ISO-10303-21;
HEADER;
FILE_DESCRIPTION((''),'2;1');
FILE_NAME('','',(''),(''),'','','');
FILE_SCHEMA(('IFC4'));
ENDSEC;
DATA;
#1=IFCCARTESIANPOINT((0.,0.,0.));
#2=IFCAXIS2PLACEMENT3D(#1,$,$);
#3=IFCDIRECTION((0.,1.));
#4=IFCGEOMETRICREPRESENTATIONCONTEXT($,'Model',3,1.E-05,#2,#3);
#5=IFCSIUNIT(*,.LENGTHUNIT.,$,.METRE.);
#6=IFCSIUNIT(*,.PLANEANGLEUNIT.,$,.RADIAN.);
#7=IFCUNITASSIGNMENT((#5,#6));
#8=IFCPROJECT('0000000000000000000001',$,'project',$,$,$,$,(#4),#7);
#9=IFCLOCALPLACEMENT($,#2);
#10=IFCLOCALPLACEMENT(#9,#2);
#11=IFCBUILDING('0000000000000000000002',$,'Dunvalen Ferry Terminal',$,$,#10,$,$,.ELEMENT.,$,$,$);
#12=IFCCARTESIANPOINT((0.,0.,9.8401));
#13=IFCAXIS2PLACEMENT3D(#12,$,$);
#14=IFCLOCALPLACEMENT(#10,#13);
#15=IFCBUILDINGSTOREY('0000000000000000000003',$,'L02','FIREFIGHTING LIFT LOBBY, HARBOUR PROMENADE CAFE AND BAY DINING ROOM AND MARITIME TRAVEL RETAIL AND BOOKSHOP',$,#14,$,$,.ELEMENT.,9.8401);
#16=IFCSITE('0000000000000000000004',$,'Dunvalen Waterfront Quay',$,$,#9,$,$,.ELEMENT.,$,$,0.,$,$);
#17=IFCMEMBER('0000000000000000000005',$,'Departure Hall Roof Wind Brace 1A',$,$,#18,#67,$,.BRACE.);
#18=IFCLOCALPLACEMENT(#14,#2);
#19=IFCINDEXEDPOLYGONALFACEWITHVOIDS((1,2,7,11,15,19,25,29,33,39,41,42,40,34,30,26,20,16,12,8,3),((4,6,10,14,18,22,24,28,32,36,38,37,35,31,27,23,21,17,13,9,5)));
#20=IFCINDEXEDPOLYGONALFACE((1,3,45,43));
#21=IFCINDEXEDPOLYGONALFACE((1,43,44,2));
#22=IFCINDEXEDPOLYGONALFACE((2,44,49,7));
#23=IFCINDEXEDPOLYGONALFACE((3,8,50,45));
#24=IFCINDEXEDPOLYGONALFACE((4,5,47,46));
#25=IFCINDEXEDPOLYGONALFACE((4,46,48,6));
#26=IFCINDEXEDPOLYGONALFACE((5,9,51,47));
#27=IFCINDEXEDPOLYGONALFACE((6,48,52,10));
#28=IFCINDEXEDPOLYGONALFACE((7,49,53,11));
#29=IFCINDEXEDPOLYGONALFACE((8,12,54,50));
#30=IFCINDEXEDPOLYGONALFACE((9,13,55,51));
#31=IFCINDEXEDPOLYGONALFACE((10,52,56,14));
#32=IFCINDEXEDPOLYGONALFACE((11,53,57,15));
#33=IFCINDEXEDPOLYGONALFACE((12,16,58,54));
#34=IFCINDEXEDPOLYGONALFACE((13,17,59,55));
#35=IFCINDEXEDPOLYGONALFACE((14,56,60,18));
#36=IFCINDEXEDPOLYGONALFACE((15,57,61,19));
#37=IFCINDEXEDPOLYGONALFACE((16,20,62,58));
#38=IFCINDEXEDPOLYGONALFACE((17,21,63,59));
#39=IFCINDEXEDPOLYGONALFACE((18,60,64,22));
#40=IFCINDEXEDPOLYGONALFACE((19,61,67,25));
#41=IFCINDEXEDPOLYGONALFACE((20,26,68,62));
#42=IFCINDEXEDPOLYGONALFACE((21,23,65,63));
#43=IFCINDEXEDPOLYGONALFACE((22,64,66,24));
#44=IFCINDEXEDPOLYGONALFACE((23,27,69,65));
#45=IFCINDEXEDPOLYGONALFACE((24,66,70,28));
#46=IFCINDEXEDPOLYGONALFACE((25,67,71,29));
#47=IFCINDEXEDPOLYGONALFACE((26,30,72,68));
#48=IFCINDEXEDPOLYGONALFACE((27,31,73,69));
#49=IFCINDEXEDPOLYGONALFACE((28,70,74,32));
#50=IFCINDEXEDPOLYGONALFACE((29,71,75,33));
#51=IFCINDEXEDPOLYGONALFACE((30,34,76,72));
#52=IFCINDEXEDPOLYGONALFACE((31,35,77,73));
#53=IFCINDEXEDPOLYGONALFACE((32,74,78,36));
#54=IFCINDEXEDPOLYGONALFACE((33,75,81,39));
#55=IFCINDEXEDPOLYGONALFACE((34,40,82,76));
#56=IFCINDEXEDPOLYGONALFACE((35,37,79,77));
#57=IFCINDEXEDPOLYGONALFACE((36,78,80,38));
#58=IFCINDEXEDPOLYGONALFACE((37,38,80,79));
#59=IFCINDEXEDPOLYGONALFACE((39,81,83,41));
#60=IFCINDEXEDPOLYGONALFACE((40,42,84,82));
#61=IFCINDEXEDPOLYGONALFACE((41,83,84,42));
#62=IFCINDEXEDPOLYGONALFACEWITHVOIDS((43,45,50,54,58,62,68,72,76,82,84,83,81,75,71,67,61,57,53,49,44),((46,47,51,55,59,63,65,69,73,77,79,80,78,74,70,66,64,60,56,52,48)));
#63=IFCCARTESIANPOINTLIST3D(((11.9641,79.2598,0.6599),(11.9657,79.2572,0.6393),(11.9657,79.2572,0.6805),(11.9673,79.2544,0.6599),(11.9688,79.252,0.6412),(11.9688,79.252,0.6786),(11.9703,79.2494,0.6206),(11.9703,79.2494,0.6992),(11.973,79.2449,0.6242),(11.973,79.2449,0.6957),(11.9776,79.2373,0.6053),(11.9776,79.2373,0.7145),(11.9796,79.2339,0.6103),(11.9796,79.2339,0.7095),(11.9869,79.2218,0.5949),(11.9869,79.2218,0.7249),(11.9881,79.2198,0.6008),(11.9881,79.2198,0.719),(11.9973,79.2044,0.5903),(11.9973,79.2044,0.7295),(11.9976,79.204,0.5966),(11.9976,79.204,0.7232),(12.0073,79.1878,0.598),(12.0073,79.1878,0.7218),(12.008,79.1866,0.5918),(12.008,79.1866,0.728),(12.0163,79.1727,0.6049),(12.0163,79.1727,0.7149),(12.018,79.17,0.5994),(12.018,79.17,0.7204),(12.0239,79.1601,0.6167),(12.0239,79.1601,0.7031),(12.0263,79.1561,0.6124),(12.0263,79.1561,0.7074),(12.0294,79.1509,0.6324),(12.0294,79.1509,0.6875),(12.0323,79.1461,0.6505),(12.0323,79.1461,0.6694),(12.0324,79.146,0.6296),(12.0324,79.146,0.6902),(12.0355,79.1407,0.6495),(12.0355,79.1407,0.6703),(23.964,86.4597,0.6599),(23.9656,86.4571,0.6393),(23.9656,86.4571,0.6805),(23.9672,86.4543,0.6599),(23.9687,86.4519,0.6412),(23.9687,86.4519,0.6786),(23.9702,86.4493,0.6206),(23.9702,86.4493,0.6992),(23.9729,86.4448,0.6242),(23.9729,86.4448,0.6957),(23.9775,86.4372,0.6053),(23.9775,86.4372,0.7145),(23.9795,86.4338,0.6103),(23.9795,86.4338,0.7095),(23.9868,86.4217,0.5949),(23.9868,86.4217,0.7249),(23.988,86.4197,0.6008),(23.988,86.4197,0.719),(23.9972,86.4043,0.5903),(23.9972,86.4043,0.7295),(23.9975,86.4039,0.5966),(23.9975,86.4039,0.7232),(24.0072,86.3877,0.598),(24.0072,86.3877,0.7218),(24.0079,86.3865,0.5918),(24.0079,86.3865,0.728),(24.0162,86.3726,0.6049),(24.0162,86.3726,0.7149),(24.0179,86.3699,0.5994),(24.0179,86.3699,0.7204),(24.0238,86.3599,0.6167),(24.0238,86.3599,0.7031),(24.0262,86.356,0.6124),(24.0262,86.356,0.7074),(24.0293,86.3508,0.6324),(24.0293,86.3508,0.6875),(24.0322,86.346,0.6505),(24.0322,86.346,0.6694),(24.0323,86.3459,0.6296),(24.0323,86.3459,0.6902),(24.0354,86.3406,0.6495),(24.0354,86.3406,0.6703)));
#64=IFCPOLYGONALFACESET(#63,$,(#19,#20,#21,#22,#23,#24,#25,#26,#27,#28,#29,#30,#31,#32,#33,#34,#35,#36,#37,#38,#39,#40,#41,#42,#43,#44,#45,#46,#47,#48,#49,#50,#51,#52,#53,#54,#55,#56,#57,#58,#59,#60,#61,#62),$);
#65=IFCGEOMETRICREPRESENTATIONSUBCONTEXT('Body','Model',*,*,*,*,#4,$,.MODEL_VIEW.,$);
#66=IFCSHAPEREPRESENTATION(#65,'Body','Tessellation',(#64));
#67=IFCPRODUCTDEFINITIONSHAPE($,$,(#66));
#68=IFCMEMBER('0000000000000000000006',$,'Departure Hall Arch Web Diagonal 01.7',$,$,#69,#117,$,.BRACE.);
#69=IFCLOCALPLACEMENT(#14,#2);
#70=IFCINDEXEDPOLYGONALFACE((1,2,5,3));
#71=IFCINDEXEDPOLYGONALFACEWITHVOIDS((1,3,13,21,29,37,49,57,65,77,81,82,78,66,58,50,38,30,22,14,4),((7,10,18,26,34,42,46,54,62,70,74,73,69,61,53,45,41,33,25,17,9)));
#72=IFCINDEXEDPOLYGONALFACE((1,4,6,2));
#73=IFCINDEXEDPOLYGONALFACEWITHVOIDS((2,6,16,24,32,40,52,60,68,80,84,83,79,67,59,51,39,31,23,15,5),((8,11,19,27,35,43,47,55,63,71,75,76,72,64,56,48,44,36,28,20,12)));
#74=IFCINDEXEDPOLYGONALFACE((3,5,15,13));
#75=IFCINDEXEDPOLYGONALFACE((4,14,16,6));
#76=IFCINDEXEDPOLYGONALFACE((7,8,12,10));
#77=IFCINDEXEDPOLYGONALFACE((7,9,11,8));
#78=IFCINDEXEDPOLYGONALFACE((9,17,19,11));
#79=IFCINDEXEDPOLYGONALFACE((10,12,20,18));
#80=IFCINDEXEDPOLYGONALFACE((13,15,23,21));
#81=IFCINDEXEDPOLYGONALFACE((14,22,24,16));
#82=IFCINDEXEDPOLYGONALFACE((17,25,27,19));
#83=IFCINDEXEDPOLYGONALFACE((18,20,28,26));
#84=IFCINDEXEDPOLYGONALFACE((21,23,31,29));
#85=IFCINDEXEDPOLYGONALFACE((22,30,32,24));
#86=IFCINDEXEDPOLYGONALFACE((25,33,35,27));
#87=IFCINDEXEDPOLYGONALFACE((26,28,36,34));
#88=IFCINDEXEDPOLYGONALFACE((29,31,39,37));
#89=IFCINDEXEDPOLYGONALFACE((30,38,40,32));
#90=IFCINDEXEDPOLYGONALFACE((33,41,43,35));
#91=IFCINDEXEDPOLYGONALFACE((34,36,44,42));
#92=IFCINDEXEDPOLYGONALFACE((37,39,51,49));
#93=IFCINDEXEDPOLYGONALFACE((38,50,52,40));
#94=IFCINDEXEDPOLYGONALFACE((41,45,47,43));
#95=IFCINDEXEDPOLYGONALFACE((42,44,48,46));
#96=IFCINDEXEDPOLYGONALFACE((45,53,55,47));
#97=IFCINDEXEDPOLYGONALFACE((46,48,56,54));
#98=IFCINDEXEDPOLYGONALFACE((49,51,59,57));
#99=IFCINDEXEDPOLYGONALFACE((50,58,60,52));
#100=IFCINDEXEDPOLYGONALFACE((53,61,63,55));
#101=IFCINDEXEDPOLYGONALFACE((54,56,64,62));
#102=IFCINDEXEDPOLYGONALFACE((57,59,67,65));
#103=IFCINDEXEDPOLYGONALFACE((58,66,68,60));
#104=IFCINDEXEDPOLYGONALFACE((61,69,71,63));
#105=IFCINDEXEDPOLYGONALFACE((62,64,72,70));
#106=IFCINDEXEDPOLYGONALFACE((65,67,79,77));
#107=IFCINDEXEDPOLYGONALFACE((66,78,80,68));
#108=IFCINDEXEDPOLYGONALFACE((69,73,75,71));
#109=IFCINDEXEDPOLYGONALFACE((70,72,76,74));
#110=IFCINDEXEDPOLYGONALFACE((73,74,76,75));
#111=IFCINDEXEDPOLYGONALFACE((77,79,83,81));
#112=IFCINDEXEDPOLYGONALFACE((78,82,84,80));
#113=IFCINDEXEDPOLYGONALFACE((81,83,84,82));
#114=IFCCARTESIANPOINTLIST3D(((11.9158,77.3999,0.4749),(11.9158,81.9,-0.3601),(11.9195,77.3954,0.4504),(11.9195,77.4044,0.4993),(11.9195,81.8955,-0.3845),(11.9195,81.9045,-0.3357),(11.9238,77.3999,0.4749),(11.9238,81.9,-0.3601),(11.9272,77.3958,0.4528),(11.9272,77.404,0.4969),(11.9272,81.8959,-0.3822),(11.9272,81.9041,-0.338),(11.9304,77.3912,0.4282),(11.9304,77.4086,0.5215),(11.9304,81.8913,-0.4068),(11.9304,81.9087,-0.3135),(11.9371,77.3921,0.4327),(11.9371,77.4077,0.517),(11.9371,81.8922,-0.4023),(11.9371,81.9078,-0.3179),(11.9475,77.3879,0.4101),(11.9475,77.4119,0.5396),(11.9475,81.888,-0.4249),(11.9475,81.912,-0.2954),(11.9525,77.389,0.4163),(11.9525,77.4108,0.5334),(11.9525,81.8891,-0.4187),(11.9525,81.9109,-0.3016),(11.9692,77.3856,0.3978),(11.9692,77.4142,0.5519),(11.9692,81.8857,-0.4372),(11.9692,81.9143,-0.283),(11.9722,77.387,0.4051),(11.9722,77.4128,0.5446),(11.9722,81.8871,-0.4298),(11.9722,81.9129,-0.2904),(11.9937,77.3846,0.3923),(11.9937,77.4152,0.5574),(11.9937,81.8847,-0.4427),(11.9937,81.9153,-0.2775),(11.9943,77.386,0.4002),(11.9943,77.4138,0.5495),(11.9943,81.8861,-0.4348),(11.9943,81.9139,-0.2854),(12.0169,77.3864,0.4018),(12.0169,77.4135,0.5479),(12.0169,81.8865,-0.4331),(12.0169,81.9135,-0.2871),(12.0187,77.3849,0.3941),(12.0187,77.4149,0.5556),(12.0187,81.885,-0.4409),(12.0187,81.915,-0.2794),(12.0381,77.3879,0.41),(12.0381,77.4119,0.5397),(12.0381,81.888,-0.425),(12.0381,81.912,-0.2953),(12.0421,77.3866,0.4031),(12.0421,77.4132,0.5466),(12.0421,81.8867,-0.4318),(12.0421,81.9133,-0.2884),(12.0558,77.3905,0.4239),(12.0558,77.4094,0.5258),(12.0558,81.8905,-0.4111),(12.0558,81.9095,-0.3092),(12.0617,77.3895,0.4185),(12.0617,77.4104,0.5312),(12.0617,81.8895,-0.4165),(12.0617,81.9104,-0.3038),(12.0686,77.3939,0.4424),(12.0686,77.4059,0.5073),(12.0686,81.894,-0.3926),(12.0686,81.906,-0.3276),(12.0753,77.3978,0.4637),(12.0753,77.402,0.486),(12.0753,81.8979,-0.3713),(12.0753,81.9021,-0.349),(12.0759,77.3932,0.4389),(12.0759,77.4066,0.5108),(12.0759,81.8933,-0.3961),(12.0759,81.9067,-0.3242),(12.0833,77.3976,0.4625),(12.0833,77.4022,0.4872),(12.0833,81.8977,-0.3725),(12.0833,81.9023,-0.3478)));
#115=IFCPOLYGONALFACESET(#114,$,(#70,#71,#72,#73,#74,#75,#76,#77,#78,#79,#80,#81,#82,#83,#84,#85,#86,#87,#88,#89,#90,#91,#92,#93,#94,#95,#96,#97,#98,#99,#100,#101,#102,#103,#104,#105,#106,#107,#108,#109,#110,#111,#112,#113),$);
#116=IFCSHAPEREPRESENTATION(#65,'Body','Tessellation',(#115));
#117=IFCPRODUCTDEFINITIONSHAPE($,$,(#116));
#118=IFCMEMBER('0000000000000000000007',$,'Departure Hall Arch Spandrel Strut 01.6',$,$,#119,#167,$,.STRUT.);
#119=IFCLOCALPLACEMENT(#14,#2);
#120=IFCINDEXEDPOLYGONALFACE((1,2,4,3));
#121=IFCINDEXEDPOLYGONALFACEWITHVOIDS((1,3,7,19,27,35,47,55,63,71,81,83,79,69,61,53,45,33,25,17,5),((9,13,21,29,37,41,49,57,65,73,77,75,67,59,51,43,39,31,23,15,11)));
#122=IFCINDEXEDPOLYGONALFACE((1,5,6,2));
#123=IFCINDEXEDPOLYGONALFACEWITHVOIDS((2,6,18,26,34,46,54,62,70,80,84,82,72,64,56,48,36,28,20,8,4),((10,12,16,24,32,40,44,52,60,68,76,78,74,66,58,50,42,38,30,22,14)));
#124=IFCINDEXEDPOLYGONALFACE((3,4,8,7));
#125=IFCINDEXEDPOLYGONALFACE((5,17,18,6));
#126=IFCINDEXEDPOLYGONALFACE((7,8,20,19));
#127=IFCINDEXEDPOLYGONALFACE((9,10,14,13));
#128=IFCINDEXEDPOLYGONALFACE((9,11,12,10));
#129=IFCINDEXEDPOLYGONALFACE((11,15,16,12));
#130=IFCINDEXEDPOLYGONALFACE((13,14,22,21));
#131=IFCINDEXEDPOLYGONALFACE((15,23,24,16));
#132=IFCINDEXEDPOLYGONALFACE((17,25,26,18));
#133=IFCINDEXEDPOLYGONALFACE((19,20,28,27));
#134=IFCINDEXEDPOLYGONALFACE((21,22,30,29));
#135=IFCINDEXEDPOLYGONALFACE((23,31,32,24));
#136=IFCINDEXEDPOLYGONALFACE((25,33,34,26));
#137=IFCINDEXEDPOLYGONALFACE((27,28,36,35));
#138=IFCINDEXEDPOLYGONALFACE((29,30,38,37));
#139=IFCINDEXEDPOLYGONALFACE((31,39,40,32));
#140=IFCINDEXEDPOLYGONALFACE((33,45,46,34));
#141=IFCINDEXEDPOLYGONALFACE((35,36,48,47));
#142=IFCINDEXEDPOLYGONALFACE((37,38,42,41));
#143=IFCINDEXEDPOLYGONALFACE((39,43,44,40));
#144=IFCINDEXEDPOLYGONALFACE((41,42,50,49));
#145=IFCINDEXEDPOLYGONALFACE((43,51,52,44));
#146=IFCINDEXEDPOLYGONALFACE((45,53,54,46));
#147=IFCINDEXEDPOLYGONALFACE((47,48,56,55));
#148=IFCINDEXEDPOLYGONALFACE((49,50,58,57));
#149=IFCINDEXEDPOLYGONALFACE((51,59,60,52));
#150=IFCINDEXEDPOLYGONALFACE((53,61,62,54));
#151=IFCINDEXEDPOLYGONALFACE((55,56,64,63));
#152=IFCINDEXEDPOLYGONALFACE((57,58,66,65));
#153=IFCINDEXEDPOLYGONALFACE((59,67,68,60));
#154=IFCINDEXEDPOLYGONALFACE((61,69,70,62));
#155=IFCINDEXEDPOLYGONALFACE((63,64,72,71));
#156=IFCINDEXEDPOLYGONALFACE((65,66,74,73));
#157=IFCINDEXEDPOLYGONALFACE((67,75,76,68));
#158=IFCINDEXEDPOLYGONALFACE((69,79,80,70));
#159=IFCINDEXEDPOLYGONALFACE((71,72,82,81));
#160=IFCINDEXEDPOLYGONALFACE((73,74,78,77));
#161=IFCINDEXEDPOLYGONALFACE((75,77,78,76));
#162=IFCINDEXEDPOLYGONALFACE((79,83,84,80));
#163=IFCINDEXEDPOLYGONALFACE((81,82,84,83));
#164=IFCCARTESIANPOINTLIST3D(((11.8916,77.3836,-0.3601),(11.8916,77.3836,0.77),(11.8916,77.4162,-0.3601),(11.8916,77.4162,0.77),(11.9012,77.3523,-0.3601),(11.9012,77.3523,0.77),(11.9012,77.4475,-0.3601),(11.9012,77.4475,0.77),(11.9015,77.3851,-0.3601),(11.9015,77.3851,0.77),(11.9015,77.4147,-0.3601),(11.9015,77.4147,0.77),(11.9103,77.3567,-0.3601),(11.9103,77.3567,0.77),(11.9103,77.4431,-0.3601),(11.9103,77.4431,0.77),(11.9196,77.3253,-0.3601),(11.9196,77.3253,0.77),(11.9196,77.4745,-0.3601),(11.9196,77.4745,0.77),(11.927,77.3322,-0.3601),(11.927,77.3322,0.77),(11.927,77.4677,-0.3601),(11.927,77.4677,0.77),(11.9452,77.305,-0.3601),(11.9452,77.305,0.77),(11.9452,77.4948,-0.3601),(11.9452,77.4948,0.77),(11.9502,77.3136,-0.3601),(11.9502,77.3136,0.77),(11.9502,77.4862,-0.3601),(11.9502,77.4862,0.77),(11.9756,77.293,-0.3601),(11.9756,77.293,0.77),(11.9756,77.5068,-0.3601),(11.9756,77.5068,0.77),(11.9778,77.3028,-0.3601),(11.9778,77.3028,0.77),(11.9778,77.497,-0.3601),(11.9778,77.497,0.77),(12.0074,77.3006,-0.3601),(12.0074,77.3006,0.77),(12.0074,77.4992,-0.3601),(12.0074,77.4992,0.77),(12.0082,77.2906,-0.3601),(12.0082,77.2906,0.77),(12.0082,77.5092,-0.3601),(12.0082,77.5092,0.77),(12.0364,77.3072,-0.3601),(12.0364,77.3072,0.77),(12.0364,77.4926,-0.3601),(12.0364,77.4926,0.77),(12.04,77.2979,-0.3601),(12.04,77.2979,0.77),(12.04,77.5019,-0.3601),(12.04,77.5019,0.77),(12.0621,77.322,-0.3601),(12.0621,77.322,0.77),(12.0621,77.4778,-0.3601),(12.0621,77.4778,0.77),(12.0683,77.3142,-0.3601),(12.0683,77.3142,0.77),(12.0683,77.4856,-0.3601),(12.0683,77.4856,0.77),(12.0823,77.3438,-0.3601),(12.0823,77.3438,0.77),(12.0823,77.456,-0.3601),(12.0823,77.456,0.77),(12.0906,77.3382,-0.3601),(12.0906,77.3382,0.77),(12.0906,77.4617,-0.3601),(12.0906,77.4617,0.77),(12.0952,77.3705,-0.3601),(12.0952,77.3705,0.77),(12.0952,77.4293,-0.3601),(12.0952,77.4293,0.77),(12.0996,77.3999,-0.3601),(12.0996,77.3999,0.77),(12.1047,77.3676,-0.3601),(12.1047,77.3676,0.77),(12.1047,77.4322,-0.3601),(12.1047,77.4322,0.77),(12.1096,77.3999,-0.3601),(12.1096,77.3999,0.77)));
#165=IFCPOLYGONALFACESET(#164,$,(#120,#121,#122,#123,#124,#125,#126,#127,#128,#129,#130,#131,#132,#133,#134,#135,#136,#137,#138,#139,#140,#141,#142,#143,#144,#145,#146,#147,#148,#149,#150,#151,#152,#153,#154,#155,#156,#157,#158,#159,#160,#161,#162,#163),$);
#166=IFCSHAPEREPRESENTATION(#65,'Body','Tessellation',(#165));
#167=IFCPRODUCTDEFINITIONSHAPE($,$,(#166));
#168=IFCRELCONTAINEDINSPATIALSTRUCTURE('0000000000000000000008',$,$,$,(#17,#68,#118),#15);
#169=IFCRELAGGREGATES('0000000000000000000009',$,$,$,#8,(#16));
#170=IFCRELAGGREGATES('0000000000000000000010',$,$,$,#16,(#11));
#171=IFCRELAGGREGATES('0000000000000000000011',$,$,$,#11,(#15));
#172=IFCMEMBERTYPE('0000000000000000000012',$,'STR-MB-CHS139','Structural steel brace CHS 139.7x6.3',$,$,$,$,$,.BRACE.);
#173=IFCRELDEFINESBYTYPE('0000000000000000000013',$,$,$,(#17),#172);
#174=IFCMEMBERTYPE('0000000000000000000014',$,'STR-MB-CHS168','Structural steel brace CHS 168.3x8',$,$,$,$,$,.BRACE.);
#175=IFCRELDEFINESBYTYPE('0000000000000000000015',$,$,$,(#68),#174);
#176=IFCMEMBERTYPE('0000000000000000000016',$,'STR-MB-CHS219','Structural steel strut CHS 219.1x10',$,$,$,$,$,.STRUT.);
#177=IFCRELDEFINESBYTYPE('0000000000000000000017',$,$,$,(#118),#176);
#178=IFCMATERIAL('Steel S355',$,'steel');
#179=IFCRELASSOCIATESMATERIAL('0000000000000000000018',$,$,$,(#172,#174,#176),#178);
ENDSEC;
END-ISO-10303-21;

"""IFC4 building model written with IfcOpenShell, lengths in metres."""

from ifc_helpers import new_model, si_unit, direction, frame, origin, origin_2d, place, context, subcontext, project, spatial, hollow_circle, extrude, material, material_profile, profile_set, type_object, element, save


model = new_model("IFC4")

# Units and contexts
model_context = context("Model", 3, precision=1e-05, world=origin(), true_north=direction((0.0, 1.0)))
body_context = subcontext(model_context, "Body", "Model", "MODEL_VIEW")
ifc_project = project(units=[si_unit("LENGTHUNIT", "METRE"), si_unit("PLANEANGLEUNIT", "RADIAN")], contexts=[model_context])

# Site, building, storey
site_placement = place(None, origin())
site = spatial("IfcSite", under=ifc_project, at=site_placement, Name="Dunvalen Waterfront Quay", CompositionType="ELEMENT", RefElevation=0.0)
building_placement = place(site_placement, origin())
building = spatial("IfcBuilding", under=site, at=building_placement, Name="Dunvalen Ferry Terminal", CompositionType="ELEMENT")
storey_placement = place(building_placement, frame((0.0, 0.0, 9.8401)))
storey = spatial("IfcBuildingStorey", under=building, at=storey_placement, Name="L02", Description="FIREFIGHTING LIFT LOBBY, HARBOUR PROMENADE CAFE AND BAY DINING ROOM AND MARITIME TRAVEL RETAIL AND BOOKSHOP", CompositionType="ELEMENT", Elevation=9.8401)

# Shared definitions
ifc_material_1 = material(Name="Steel S355", Category="steel")

# Members
ifc_material_profile_1 = material_profile(ifc_material_1, hollow_circle(Radius=0.0698, WallThickness=0.0063, at=origin_2d()), Name="Steel S355")
ifc_profile_set_1 = profile_set([ifc_material_profile_1], Name="Steel S355")
member_type_1 = type_object("IfcMemberType", Name="STR-MB-CHS139", Description="Structural steel brace CHS 139.7x6.3", PredefinedType="BRACE", material=ifc_profile_set_1)
member_1_placement = place(storey_placement, frame((12.0, 79.2, 0.6599), z_axis=(0.857494, 0.514493, 0.0), x_axis=(-0.514493, 0.857494, 0.0)))
element("IfcMember", 1, at=member_1_placement, inside=storey, type_object=member_type_1, Name="Departure Hall Roof Wind Brace 1A", PredefinedType="BRACE", context=body_context, shape_type="SweptSolid", body=[
    extrude(hollow_circle(Radius=0.0698, WallThickness=0.0063, at=origin_2d()), origin(), (0.0, 0.0, 1.0), 13.9941),
])
ifc_material_profile_2 = material_profile(ifc_material_1, hollow_circle(Radius=0.0842, WallThickness=0.0081, at=origin_2d()), Name="Steel S355")
ifc_profile_set_2 = profile_set([ifc_material_profile_2], Name="Steel S355")
member_type_2 = type_object("IfcMemberType", Name="STR-MB-CHS168", Description="Structural steel brace CHS 168.3x8", PredefinedType="BRACE", material=ifc_profile_set_2)
member_2_placement = place(storey_placement, frame((12.0, 77.3999, 0.4749), z_axis=(0.0, 0.983218, -0.182433), x_axis=(-1.0, 0.0, 0.0)))
element("IfcMember", 2, at=member_2_placement, inside=storey, type_object=member_type_2, Name="Departure Hall Arch Web Diagonal 01.7", PredefinedType="BRACE", context=body_context, shape_type="SweptSolid", body=[
    extrude(hollow_circle(Radius=0.0842, WallThickness=0.0081, at=origin_2d()), origin(), (0.0, 0.0, 1.0), 4.5769),
])
ifc_material_profile_3 = material_profile(ifc_material_1, hollow_circle(Radius=0.1096, WallThickness=0.01, at=origin_2d()), Name="Steel S355")
ifc_profile_set_3 = profile_set([ifc_material_profile_3], Name="Steel S355")
member_type_3 = type_object("IfcMemberType", Name="STR-MB-CHS219", Description="Structural steel strut CHS 219.1x10", PredefinedType="STRUT", material=ifc_profile_set_3)
member_3_placement = place(storey_placement, frame((12.0, 77.3999, -0.3601), z_axis=(0.0, 0.0, 1.0), x_axis=(1.0, 0.0, 0.0)))
element("IfcMember", 3, at=member_3_placement, inside=storey, type_object=member_type_3, Name="Departure Hall Arch Spandrel Strut 01.6", PredefinedType="STRUT", context=body_context, shape_type="SweptSolid", body=[
    extrude(hollow_circle(Radius=0.1096, WallThickness=0.01, at=origin_2d()), origin(), (0.0, 0.0, 1.0), 1.1301),
])

save(model, "model.ifc")
